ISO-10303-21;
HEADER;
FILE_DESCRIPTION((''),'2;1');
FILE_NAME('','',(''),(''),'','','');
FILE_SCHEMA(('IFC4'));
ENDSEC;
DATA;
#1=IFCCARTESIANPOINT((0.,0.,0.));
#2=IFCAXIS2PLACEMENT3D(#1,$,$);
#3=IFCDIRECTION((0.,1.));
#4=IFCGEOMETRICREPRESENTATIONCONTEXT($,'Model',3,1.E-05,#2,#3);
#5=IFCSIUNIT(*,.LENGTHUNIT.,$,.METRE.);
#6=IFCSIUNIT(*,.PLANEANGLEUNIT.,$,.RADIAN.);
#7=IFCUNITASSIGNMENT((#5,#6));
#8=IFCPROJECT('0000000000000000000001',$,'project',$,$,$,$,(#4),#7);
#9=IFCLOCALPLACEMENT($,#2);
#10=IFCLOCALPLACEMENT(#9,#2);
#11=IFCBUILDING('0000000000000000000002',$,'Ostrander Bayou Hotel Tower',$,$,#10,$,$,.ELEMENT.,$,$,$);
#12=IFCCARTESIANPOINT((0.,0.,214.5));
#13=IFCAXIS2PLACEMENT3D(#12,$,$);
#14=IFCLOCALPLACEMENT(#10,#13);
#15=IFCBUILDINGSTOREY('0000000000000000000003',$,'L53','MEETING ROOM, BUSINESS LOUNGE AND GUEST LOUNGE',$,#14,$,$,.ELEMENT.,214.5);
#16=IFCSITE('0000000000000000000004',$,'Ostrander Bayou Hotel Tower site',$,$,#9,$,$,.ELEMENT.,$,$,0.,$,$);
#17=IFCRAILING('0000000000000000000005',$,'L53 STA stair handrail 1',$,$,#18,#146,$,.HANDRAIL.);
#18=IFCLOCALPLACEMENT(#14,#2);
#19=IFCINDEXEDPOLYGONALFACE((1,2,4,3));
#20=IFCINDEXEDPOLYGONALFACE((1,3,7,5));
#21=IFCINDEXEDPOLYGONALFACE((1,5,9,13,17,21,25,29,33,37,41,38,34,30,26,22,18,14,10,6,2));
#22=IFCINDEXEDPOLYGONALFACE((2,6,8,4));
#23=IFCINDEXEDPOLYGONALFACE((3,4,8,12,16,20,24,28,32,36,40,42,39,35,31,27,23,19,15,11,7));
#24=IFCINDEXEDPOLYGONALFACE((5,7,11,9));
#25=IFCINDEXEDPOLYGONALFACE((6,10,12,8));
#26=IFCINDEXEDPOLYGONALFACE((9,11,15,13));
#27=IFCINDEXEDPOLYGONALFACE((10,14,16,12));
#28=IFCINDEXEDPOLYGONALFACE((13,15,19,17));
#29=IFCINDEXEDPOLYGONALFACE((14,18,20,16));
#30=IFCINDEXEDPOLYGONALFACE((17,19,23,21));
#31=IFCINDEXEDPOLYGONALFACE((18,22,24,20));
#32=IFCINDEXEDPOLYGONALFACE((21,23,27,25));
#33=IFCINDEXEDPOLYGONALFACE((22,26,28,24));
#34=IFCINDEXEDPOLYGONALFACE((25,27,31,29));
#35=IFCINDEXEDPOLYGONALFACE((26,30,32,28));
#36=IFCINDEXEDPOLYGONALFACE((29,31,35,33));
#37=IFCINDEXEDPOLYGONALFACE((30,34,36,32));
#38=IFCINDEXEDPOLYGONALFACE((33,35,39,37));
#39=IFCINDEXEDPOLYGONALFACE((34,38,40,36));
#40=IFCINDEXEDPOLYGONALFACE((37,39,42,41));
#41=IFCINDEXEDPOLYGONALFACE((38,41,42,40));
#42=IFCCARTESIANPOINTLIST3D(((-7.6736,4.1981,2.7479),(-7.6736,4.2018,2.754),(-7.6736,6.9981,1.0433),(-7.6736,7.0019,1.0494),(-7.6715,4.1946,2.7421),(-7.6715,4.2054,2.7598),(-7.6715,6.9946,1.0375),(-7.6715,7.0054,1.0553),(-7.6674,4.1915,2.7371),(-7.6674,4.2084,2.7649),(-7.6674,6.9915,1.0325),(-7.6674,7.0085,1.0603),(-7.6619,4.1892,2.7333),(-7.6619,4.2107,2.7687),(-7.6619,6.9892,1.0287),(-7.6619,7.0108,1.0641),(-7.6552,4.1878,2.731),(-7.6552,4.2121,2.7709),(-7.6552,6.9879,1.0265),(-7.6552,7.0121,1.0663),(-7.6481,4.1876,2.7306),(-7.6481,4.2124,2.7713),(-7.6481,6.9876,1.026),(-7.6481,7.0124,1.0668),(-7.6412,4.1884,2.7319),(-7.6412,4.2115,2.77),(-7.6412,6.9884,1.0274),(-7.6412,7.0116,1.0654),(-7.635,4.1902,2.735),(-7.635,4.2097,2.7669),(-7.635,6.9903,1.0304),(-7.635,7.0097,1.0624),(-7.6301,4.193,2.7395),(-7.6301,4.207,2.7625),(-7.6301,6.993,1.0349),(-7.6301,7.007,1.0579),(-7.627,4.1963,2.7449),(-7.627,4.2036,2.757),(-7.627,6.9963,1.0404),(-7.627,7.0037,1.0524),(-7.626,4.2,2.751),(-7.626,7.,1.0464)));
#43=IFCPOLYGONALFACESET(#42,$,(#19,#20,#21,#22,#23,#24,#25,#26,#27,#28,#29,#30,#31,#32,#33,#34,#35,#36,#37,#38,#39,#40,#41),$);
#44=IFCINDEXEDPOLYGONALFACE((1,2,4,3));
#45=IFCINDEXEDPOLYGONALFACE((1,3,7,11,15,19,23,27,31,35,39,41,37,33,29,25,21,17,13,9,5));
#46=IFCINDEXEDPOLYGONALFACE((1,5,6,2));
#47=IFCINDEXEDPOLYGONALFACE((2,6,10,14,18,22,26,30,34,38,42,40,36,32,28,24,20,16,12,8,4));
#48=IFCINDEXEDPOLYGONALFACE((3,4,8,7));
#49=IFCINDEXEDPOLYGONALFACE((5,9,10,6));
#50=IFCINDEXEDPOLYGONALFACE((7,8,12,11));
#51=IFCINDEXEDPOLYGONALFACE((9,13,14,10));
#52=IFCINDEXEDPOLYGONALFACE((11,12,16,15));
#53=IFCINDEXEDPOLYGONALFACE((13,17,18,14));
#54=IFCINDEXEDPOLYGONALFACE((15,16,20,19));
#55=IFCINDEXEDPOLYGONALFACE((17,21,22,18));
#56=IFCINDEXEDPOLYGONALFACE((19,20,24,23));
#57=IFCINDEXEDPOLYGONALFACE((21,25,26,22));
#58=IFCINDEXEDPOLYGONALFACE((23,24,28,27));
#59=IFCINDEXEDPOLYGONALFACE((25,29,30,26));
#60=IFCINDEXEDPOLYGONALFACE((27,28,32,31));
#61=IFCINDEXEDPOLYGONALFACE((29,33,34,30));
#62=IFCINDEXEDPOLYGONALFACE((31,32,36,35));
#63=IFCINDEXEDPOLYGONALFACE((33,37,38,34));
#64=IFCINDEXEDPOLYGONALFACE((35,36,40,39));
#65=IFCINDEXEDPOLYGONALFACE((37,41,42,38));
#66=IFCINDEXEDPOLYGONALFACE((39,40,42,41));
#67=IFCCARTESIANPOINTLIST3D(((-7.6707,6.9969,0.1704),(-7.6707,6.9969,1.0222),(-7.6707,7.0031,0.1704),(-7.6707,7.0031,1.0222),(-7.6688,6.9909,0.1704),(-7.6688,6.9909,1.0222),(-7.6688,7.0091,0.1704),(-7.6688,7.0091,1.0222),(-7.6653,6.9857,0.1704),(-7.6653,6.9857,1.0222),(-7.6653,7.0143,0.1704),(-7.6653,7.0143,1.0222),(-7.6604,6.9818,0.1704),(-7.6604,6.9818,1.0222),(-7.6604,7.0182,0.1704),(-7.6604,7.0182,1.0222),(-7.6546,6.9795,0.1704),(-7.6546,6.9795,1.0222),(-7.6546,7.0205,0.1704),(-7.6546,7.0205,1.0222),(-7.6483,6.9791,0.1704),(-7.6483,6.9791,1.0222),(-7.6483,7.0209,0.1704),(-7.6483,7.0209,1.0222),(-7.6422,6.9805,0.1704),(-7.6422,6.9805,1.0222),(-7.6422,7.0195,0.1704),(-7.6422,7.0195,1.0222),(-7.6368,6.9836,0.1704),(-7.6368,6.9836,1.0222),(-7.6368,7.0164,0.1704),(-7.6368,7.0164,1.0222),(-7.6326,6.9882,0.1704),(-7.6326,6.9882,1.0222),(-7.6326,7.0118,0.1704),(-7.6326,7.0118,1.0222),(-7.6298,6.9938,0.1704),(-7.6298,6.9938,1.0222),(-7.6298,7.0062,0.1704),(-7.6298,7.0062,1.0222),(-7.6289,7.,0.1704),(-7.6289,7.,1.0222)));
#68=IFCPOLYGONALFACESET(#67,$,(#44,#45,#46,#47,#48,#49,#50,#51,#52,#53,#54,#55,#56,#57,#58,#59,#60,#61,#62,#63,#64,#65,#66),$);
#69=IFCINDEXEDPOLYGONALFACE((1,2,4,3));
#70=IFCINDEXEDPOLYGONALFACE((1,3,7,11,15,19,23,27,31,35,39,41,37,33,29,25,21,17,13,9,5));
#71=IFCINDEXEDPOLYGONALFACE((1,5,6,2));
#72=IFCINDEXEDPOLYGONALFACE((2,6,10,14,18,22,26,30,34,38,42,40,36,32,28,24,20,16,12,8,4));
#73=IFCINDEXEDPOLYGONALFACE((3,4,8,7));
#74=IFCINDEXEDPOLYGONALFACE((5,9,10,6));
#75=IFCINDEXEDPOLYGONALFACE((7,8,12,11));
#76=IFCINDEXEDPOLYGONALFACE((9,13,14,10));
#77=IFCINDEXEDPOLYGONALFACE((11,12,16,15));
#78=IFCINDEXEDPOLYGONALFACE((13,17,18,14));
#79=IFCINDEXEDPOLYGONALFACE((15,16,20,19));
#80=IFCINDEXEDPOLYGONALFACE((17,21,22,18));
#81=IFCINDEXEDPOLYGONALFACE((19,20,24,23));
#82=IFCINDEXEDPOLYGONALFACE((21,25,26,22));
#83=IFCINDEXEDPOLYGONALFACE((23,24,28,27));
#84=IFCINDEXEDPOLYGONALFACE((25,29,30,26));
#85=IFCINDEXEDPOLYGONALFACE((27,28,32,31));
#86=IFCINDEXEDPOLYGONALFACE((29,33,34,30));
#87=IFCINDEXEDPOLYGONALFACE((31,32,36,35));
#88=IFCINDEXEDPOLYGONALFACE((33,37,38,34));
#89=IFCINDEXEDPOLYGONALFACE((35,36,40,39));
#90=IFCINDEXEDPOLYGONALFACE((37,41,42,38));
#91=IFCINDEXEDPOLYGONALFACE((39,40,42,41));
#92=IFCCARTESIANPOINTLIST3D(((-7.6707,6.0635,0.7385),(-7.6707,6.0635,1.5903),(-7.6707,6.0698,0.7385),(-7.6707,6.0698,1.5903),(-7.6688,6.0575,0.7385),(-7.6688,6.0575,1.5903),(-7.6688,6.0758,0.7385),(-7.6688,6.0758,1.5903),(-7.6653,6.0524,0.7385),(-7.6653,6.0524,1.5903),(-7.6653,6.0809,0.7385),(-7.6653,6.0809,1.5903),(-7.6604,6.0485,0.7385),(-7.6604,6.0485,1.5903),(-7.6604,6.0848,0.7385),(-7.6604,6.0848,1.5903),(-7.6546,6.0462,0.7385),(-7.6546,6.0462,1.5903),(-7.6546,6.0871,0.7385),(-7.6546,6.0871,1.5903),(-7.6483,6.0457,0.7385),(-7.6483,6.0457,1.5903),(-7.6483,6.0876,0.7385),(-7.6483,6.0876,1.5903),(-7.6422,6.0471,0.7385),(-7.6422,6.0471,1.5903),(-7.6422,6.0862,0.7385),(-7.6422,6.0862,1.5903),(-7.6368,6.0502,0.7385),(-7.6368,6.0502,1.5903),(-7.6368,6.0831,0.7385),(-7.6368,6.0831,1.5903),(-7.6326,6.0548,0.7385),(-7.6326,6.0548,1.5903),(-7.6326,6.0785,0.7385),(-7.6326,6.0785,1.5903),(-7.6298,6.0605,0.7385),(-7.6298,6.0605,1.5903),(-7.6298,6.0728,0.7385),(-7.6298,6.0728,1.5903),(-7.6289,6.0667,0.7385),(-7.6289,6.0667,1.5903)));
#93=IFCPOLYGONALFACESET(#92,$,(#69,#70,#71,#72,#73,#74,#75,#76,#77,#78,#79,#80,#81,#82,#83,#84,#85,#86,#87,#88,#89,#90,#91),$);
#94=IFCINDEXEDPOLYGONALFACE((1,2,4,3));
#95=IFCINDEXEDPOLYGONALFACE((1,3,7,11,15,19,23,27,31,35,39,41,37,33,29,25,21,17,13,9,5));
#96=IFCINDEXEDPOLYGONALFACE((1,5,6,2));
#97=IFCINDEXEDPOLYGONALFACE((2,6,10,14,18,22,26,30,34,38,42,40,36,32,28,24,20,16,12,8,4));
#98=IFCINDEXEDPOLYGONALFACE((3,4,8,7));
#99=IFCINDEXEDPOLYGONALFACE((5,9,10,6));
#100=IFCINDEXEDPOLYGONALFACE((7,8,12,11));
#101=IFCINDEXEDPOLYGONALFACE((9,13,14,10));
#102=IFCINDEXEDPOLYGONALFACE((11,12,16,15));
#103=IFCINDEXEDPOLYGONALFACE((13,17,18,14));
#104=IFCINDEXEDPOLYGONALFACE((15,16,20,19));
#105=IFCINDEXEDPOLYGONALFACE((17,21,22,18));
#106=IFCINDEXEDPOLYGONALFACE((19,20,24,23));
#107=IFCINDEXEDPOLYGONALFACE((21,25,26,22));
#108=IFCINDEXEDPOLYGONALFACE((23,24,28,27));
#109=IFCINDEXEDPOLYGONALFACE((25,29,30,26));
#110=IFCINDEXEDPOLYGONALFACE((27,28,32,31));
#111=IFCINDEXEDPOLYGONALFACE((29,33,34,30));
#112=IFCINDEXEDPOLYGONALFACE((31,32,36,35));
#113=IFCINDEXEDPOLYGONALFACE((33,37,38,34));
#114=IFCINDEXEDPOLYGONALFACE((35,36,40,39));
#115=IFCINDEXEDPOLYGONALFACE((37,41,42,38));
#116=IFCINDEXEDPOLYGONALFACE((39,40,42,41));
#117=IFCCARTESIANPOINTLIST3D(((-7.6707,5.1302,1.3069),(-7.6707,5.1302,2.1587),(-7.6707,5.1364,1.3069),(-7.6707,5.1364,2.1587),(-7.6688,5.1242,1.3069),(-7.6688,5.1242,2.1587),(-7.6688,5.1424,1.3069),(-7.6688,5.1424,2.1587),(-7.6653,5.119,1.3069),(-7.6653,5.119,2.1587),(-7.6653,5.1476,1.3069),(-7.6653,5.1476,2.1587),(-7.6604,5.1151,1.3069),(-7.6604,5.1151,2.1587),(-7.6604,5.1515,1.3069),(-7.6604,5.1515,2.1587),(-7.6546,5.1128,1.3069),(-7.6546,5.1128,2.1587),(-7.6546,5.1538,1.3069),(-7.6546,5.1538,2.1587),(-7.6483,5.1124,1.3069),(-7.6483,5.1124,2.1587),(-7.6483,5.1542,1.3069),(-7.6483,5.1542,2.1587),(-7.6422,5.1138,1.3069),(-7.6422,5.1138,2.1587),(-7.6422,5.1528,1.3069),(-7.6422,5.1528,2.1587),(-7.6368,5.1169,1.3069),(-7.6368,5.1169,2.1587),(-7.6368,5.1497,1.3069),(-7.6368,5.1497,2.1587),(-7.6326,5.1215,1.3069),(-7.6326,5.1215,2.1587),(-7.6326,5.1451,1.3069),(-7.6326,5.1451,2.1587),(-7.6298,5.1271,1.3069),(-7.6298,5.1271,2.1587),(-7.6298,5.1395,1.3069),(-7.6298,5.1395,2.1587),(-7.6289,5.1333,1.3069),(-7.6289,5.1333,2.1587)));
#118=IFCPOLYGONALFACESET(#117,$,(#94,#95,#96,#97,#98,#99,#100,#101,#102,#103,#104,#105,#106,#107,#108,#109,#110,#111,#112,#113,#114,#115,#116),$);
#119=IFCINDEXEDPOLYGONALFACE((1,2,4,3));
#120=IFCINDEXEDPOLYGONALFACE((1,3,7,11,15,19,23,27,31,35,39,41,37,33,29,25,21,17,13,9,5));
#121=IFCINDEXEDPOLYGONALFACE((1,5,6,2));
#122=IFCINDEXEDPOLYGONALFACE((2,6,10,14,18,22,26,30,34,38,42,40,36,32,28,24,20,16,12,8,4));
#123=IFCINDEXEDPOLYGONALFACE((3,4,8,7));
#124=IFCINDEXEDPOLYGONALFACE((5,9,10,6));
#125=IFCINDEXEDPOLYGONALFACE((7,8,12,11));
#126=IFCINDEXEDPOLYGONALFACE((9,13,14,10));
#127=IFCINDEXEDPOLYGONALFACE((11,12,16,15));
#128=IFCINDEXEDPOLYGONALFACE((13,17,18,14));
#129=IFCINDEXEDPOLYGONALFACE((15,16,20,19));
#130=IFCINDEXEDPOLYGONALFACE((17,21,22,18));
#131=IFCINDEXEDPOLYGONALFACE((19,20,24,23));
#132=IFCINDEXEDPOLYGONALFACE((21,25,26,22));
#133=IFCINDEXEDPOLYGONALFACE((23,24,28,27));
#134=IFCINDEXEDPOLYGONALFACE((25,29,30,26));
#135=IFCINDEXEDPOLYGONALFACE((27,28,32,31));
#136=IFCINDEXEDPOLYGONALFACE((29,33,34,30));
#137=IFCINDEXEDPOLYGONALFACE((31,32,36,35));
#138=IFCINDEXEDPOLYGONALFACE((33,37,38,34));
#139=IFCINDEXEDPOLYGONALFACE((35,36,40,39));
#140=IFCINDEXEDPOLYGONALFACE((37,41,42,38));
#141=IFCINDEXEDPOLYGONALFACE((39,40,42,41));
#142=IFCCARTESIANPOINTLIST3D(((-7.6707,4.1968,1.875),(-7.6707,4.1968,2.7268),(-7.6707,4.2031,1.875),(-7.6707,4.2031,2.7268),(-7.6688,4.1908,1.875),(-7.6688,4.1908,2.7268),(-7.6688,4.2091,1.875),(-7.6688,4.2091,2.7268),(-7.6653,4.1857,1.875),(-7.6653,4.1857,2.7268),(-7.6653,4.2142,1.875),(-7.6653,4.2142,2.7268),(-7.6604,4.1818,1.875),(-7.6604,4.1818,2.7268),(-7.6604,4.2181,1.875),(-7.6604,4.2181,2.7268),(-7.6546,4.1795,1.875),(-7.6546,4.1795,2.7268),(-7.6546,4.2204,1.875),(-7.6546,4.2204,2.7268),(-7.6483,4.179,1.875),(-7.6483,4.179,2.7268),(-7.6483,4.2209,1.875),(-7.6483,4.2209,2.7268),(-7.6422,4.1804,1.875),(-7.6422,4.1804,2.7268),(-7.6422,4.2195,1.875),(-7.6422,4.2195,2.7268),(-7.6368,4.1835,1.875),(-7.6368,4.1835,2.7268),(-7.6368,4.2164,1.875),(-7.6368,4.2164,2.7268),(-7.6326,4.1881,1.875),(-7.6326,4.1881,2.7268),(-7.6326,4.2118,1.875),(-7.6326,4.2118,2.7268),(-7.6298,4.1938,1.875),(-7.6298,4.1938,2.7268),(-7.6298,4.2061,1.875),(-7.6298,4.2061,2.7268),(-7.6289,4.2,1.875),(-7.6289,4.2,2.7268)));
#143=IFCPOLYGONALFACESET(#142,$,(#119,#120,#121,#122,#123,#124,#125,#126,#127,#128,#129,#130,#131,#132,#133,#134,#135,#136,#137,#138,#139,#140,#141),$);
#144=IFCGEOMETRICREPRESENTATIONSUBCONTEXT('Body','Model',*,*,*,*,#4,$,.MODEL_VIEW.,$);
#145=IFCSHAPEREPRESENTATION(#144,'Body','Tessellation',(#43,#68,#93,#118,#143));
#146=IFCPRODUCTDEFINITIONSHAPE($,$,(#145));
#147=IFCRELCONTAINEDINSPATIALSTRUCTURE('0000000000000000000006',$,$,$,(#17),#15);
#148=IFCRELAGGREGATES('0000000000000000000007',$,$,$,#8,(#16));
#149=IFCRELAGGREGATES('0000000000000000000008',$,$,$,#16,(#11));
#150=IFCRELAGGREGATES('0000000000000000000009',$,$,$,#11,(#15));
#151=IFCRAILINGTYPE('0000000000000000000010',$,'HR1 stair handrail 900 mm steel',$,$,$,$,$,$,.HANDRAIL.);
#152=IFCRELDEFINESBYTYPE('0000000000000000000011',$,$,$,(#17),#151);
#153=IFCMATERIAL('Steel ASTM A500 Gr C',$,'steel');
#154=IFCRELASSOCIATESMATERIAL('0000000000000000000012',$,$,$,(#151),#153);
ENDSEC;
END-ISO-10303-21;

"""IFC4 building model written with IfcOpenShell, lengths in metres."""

from ifc_helpers import new_model, si_unit, direction, frame, origin, origin_2d, place, context, subcontext, project, spatial, circle, extrude, material, type_object, element, save


model = new_model("IFC4")

# Units and contexts
model_context = context("Model", 3, precision=1e-05, world=origin(), true_north=direction((0.0, 1.0)))
body_context = subcontext(model_context, "Body", "Model", "MODEL_VIEW")
ifc_project = project(units=[si_unit("LENGTHUNIT", "METRE"), si_unit("PLANEANGLEUNIT", "RADIAN")], contexts=[model_context])

# Site, building, storey
site_placement = place(None, origin())
site = spatial("IfcSite", under=ifc_project, at=site_placement, Name="Ostrander Bayou Hotel Tower site", CompositionType="ELEMENT", RefElevation=0.0)
building_placement = place(site_placement, origin())
building = spatial("IfcBuilding", under=site, at=building_placement, Name="Ostrander Bayou Hotel Tower", CompositionType="ELEMENT")
storey_placement = place(building_placement, frame((0.0, 0.0, 214.5)))
storey = spatial("IfcBuildingStorey", under=building, at=storey_placement, Name="L53", Description="MEETING ROOM, BUSINESS LOUNGE AND GUEST LOUNGE", CompositionType="ELEMENT", Elevation=214.5)

# Railing
ifc_material_1 = material(Name="Steel ASTM A500 Gr C", Category="steel")
railing_type_1 = type_object("IfcRailingType", Name="HR1 stair handrail 900 mm steel", PredefinedType="HANDRAIL", material=ifc_material_1)
railing_1_placement = place(storey_placement, frame((-7.6499, 7.0, 0.1704)))
element("IfcRailing", 1, at=railing_1_placement, inside=storey, type_object=railing_type_1, Name="L53 STA stair handrail 1", PredefinedType="HANDRAIL", context=body_context, shape_type="SweptSolid", body=[
    extrude(circle(Radius=0.0239, at=origin_2d()), frame((0.0, 0.0, 0.876), z_axis=(0.0, -0.85417, 0.519994), x_axis=(1.0, 0.0, 0.0)), (0.0, 0.0, 1.0), 3.2781),
    extrude(circle(Radius=0.021, at=origin_2d()), origin(), (0.0, 0.0, 1.0), 0.8518),
    extrude(circle(Radius=0.021, at=origin_2d()), frame((0.0, -0.9333, 0.5681)), (0.0, 0.0, 1.0), 0.8518),
    extrude(circle(Radius=0.021, at=origin_2d()), frame((0.0, -1.8667, 1.1365)), (0.0, 0.0, 1.0), 0.8518),
    extrude(circle(Radius=0.021, at=origin_2d()), frame((0.0, -2.8, 1.7046)), (0.0, 0.0, 1.0), 0.8518),
])

save(model, "model.ifc")
